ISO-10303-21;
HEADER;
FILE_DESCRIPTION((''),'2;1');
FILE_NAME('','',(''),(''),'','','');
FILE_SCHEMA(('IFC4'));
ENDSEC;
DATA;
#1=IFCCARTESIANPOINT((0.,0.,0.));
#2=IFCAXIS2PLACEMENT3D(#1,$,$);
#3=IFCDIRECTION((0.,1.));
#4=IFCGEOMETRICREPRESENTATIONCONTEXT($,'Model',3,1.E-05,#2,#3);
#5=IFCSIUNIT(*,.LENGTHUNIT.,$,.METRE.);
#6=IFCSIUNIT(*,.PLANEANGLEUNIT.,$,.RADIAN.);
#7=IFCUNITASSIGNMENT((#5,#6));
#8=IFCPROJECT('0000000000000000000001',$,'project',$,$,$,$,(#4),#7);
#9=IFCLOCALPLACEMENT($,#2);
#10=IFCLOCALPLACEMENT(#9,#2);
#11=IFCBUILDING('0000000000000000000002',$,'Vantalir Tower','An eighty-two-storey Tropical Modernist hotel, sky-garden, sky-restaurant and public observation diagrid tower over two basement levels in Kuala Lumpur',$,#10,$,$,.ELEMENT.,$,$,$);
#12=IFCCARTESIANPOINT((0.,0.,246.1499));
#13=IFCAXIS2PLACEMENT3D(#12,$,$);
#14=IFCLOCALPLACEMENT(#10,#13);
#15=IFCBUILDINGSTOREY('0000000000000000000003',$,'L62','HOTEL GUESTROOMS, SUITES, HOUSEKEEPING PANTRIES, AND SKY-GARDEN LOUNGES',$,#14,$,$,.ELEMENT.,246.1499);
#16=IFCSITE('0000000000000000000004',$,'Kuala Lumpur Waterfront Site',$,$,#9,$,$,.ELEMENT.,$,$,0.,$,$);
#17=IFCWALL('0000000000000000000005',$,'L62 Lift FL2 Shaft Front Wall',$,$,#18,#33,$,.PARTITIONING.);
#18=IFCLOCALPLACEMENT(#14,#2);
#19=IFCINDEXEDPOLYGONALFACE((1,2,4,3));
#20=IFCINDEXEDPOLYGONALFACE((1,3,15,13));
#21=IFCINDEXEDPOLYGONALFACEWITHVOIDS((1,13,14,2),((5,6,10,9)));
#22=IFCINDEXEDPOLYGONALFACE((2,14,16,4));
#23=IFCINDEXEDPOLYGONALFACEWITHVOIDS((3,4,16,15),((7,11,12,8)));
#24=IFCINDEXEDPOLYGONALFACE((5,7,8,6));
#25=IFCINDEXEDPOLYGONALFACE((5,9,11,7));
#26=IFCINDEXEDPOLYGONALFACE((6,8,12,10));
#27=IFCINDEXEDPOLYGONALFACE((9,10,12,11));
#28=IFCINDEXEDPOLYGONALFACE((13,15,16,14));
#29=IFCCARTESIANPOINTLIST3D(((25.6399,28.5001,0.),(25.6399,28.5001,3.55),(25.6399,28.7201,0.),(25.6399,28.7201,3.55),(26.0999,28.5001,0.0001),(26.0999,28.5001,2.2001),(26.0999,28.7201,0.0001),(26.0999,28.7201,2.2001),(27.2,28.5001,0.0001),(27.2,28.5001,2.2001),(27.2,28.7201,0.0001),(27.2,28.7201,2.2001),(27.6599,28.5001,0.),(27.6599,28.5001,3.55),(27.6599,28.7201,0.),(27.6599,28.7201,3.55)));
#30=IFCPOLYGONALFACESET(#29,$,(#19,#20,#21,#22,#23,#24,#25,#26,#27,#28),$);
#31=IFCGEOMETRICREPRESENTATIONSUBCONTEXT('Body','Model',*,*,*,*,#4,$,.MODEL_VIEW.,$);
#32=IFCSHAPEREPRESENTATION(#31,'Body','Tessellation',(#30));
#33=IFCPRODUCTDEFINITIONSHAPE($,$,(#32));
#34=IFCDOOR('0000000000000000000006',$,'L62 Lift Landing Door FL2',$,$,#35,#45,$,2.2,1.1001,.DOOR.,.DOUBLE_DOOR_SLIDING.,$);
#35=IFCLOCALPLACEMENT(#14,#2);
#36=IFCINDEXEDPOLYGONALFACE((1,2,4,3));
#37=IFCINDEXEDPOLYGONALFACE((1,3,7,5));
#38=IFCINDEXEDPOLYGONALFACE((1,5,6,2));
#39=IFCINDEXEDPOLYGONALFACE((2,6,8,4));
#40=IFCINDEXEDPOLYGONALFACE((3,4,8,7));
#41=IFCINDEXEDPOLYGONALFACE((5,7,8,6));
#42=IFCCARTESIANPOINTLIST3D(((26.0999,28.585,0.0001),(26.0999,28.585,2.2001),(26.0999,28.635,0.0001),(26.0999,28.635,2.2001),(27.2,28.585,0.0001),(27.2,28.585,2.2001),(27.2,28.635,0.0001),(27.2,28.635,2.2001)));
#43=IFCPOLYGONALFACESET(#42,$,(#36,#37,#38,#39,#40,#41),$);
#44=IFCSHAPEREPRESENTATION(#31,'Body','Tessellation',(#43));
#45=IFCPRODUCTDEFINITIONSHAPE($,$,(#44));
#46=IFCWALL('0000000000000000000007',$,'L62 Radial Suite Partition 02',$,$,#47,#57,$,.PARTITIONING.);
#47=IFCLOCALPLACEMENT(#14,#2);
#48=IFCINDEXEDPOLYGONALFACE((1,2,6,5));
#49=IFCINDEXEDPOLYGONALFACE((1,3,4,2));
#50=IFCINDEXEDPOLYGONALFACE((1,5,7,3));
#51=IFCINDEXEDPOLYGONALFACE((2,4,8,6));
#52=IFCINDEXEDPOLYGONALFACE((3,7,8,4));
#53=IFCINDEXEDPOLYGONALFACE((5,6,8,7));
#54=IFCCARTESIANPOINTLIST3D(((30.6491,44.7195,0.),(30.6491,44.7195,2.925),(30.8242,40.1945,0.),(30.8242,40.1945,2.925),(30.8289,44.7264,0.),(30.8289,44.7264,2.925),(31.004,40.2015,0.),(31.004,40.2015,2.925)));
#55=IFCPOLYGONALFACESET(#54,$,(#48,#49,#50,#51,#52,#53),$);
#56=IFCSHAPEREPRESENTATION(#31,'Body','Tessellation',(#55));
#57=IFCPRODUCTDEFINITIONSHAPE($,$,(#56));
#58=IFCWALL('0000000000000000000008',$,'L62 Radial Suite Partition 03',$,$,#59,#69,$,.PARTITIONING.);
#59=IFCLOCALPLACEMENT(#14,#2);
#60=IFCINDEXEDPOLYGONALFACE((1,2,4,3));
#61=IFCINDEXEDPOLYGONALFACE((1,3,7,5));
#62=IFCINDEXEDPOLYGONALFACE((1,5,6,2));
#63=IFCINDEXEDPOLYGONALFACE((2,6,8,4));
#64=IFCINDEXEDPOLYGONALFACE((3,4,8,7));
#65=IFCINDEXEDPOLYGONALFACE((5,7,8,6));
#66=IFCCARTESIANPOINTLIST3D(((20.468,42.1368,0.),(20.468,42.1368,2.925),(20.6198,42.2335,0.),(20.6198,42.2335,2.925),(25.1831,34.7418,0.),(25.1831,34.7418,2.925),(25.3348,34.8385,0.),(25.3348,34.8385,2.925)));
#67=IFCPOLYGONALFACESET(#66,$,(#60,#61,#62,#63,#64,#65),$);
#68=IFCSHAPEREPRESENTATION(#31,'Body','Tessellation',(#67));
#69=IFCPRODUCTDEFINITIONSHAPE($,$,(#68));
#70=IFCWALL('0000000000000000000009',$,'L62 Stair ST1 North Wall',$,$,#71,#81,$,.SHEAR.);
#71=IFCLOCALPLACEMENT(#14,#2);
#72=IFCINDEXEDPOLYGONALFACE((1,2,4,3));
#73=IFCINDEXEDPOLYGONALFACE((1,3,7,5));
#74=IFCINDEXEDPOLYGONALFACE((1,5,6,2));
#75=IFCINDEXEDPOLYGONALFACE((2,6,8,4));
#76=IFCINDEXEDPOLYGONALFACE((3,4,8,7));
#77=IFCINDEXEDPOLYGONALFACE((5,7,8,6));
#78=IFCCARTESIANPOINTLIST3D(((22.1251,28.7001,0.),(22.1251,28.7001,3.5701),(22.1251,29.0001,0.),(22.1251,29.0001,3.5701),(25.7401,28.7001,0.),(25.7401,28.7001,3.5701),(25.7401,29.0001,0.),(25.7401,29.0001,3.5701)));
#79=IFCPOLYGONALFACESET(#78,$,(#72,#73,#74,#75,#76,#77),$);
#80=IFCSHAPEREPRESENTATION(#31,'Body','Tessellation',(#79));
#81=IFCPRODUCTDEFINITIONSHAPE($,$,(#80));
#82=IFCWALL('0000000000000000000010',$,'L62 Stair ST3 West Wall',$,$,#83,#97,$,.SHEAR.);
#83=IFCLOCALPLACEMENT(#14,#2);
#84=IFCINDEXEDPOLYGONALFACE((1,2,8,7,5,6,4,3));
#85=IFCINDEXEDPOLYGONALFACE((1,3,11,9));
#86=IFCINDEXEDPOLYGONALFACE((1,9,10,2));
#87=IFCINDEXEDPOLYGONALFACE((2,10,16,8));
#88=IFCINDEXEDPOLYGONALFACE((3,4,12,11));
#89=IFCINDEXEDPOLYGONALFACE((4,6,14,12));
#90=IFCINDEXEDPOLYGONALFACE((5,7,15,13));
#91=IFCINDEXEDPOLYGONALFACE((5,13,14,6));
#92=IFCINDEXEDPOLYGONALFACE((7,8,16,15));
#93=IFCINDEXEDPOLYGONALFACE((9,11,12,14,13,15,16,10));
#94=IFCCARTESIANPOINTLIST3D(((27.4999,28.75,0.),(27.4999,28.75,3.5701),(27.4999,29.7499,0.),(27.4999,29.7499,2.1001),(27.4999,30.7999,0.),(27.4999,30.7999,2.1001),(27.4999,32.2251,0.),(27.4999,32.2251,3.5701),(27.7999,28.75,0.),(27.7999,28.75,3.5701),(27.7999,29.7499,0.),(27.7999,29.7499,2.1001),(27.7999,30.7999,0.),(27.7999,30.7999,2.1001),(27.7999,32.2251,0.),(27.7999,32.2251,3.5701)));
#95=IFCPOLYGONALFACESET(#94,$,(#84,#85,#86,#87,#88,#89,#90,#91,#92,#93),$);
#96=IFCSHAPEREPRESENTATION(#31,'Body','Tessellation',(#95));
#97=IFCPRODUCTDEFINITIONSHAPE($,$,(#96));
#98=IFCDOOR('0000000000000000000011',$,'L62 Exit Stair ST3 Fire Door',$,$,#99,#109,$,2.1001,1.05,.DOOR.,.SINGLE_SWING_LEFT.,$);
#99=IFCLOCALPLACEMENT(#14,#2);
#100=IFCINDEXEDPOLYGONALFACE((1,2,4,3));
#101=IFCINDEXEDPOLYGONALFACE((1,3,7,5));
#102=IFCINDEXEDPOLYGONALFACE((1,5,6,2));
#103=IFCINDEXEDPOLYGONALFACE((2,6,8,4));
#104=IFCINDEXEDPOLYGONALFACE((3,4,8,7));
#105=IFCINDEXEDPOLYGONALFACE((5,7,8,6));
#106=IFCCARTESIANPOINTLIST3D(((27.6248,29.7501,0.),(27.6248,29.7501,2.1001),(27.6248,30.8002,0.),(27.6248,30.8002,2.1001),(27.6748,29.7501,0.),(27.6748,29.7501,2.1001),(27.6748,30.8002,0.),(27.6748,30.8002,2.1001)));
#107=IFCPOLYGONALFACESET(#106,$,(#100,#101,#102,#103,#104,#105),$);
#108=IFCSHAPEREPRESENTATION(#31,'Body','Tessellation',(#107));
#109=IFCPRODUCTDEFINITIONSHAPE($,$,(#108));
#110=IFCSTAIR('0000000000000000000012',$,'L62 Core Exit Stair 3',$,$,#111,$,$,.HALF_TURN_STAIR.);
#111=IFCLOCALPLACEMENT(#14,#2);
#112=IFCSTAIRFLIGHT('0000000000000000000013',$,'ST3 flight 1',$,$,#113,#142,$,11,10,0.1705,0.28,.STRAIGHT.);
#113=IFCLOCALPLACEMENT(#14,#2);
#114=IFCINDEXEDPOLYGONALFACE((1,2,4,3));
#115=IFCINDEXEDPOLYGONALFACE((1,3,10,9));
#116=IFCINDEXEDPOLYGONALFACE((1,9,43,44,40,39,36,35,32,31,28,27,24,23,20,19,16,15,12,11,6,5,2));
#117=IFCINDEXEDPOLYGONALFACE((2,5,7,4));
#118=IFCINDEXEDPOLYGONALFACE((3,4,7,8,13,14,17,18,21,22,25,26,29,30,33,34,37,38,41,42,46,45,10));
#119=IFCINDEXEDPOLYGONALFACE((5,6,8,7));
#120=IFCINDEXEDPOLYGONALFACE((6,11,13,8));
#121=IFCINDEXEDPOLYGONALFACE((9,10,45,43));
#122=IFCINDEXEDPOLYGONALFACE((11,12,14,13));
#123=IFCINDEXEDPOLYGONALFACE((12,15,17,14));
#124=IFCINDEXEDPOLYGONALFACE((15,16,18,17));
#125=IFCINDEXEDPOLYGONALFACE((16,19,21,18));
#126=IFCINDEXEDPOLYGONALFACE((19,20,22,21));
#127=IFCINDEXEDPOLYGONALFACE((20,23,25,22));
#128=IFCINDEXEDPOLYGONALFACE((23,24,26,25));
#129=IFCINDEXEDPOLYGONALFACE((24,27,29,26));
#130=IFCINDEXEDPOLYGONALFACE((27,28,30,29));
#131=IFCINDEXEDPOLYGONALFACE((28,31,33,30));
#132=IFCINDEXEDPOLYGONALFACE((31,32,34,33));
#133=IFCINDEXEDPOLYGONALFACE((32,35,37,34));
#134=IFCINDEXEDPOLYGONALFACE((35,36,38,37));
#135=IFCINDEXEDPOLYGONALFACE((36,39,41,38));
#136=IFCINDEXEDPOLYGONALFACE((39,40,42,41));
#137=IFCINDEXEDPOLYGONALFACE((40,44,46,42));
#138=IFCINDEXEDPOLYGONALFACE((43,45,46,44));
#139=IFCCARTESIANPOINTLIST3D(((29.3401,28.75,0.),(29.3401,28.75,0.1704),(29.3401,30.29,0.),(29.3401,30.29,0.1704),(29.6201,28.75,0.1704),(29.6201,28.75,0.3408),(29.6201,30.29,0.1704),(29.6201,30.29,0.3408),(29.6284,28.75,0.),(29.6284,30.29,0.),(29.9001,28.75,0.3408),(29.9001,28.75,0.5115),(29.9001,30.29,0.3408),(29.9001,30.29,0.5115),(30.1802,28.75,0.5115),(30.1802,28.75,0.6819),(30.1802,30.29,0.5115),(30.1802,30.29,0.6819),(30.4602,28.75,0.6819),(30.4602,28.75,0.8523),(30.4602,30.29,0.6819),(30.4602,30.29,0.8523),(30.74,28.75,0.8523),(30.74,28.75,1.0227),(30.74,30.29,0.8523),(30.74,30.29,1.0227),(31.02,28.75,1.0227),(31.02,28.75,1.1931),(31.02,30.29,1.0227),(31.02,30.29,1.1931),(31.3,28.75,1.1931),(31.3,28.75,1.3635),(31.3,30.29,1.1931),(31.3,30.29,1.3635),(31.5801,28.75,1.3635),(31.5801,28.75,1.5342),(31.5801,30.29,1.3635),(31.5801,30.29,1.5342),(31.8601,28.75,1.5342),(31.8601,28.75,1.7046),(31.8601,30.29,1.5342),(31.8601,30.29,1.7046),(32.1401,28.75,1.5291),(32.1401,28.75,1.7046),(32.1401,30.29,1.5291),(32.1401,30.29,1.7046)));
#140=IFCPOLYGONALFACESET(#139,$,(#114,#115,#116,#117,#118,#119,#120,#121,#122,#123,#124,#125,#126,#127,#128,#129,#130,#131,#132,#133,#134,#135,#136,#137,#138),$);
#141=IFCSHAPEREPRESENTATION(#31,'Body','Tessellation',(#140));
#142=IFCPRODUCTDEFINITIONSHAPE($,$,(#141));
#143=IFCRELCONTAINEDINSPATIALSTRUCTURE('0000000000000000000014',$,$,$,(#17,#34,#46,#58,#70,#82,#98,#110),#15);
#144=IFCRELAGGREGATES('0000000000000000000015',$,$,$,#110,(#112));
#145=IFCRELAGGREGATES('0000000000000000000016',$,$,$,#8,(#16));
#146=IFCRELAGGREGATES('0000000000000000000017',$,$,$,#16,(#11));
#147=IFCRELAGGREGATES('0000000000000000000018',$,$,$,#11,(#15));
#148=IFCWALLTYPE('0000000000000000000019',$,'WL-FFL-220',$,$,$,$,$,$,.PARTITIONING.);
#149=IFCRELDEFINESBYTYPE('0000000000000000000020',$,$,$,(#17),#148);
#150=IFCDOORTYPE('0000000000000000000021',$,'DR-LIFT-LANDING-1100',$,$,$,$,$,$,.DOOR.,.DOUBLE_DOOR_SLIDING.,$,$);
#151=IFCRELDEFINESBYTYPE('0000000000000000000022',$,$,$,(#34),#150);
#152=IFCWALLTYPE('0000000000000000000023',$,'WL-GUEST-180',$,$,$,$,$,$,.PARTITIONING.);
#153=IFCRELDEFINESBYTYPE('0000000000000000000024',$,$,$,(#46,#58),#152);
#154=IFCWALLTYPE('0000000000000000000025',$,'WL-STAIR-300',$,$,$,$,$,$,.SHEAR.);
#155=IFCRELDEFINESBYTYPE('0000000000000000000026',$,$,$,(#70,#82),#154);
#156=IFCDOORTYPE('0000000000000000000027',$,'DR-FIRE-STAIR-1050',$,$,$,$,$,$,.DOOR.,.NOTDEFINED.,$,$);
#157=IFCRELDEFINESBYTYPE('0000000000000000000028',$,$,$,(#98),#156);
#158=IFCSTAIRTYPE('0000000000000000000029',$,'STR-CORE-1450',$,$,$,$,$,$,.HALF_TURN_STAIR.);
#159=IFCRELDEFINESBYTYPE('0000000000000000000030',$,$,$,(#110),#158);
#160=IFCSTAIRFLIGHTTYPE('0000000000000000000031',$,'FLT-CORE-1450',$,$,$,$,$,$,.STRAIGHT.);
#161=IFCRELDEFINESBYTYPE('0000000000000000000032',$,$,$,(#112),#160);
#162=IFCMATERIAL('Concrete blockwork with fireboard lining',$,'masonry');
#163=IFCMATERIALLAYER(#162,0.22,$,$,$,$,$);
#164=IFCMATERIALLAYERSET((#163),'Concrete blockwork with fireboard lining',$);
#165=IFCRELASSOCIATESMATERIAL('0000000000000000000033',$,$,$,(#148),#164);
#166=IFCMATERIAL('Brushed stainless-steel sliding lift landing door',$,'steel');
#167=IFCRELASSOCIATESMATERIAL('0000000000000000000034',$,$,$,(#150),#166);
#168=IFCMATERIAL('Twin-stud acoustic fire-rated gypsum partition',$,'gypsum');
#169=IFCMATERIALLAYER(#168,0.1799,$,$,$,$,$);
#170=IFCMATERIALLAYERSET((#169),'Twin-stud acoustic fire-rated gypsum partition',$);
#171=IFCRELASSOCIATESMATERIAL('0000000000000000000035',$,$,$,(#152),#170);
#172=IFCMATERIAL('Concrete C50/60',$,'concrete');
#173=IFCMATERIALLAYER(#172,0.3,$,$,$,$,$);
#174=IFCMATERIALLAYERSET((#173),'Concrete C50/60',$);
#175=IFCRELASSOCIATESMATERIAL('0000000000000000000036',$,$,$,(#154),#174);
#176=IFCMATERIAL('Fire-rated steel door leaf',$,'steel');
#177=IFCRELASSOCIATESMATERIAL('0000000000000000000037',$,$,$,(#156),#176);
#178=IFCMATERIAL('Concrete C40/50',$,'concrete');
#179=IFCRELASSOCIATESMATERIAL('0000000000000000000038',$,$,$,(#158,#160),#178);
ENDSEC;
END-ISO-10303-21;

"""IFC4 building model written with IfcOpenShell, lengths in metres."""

from ifc_helpers import new_model, si_unit, direction, frame, frame_2d, origin, place, context, subcontext, project, spatial, polyline, rectangle, outline, extrude, material, layer, layer_set, type_object, element, fill, aggregate, save


model = new_model("IFC4")

# Units and contexts
model_context = context("Model", 3, precision=1e-05, world=origin(), true_north=direction((0.0, 1.0)))
body_context = subcontext(model_context, "Body", "Model", "MODEL_VIEW")
ifc_project = project(units=[si_unit("LENGTHUNIT", "METRE"), si_unit("PLANEANGLEUNIT", "RADIAN")], contexts=[model_context])

# Site, building, storey
site_placement = place(None, origin())
site = spatial("IfcSite", under=ifc_project, at=site_placement, Name="Kuala Lumpur Waterfront Site", CompositionType="ELEMENT", RefElevation=0.0)
building_placement = place(site_placement, origin())
building = spatial("IfcBuilding", under=site, at=building_placement, Name="Vantalir Tower", Description="An eighty-two-storey Tropical Modernist hotel, sky-garden, sky-restaurant and public observation diagrid tower over two basement levels in Kuala Lumpur", CompositionType="ELEMENT")
storey_placement = place(building_placement, frame((0.0, 0.0, 246.1499)))
storey = spatial("IfcBuildingStorey", under=building, at=storey_placement, Name="L62", Description="HOTEL GUESTROOMS, SUITES, HOUSEKEEPING PANTRIES, AND SKY-GARDEN LOUNGES", CompositionType="ELEMENT", Elevation=246.1499)

# Shared definitions
ifc_material_1 = material(Name="Concrete C50/60", Category="concrete")

# Wall, opening, door
ifc_material_2 = material(Name="Concrete blockwork with fireboard lining", Category="masonry")
ifc_layer_1 = layer(ifc_material_2, 0.22)
ifc_layer_set_1 = layer_set([ifc_layer_1], Name="Concrete blockwork with fireboard lining")
wall_type_1 = type_object("IfcWallType", Name="WL-FFL-220", PredefinedType="PARTITIONING", material=ifc_layer_set_1)
wall_1_placement = place(storey_placement, frame((25.6399, 28.6101, 0.0), z_axis=(0.0, 0.0, 1.0), x_axis=(1.0, 0.0, 0.0)))
wall_1 = element("IfcWall", 1, at=wall_1_placement, inside=storey, type_object=wall_type_1, Name="L62 Lift FL2 Shaft Front Wall", PredefinedType="PARTITIONING", context=body_context, shape_type="SweptSolid", body=[
    extrude(rectangle(XDim=2.02, YDim=0.22, at=frame_2d((1.01, 0.0))), origin(), (0.0, 0.0, 1.0), 3.55),
])
opening_1_placement = place(wall_1_placement, frame((0.46, 0.0, 0.0)))
opening_1 = element("IfcOpeningElement", 2, at=opening_1_placement, cuts=wall_1, PredefinedType="OPENING", context=body_context, shape_type="SweptSolid", body=[
    extrude(rectangle(XDim=1.1001, YDim=2.2, at=frame_2d((0.55, 1.1001))), frame((0.0, 0.1199, 0.0), z_axis=(0.0, -1.0, 0.0), x_axis=(1.0, 0.0, 0.0)), (0.0, 0.0, 1.0), 0.24),
])
ifc_material_3 = material(Name="Brushed stainless-steel sliding lift landing door", Category="steel")
door_type_1 = type_object("IfcDoorType", Name="DR-LIFT-LANDING-1100", OperationType="DOUBLE_DOOR_SLIDING", PredefinedType="DOOR", material=ifc_material_3)
door_1_placement = place(opening_1_placement, origin())
door_1 = element("IfcDoor", 3, at=door_1_placement, inside=storey, type_object=door_type_1, Name="L62 Lift Landing Door FL2", OperationType="DOUBLE_DOOR_SLIDING", OverallHeight=2.2, OverallWidth=1.1001, PredefinedType="DOOR", context=body_context, shape_type="SweptSolid", body=[
    extrude(rectangle(XDim=1.1001, YDim=2.2, at=frame_2d((0.55, 1.1001))), frame((0.0, 0.0249, 0.0), z_axis=(0.0, -1.0, 0.0), x_axis=(1.0, 0.0, 0.0)), (0.0, 0.0, 1.0), 0.05),
])
fill(opening_1, door_1)

# Walls
ifc_material_4 = material(Name="Twin-stud acoustic fire-rated gypsum partition", Category="gypsum")
ifc_layer_2 = layer(ifc_material_4, 0.1799)
ifc_layer_set_2 = layer_set([ifc_layer_2], Name="Twin-stud acoustic fire-rated gypsum partition")
wall_type_2 = type_object("IfcWallType", Name="WL-GUEST-180", PredefinedType="PARTITIONING", material=ifc_layer_set_2)
wall_2_placement = place(storey_placement, frame((30.9141, 40.198, 0.0), z_axis=(0.0, 0.0, 1.0), x_axis=(-0.038657, 0.999253, 0.0)))
element("IfcWall", 4, at=wall_2_placement, inside=storey, type_object=wall_type_2, Name="L62 Radial Suite Partition 02", PredefinedType="PARTITIONING", context=body_context, shape_type="SweptSolid", body=[
    extrude(rectangle(XDim=4.5283, YDim=0.1799, at=frame_2d((2.2642, 0.0))), origin(), (0.0, 0.0, 1.0), 2.925),
])
wall_3_placement = place(storey_placement, frame((25.259, 34.79, 0.0), z_axis=(0.0, 0.0, 1.0), x_axis=(-0.537619, 0.843188, 0.0)))
element("IfcWall", 5, at=wall_3_placement, inside=storey, type_object=wall_type_2, Name="L62 Radial Suite Partition 03", PredefinedType="PARTITIONING", context=body_context, shape_type="SweptSolid", body=[
    extrude(rectangle(XDim=8.7703, YDim=0.1799, at=frame_2d((4.3853, 0.0))), origin(), (0.0, 0.0, 1.0), 2.925),
])
ifc_layer_3 = layer(ifc_material_1, 0.3)
ifc_layer_set_3 = layer_set([ifc_layer_3], Name="Concrete C50/60")
wall_type_3 = type_object("IfcWallType", Name="WL-STAIR-300", PredefinedType="SHEAR", material=ifc_layer_set_3)
wall_4_placement = place(storey_placement, frame((22.125, 28.8501, 0.0), z_axis=(0.0, 0.0, 1.0), x_axis=(1.0, 0.0, 0.0)))
element("IfcWall", 6, at=wall_4_placement, inside=storey, type_object=wall_type_3, Name="L62 Stair ST1 North Wall", PredefinedType="SHEAR", context=body_context, shape_type="SweptSolid", body=[
    extrude(rectangle(XDim=3.615, YDim=0.3, at=frame_2d((1.8076, 0.0))), origin(), (0.0, 0.0, 1.0), 3.5701),
])

# Wall, opening, door
wall_5_placement = place(storey_placement, frame((27.6499, 28.75, 0.0), z_axis=(0.0, 0.0, 1.0), x_axis=(0.0, 1.0, 0.0)))
wall_5 = element("IfcWall", 7, at=wall_5_placement, inside=storey, type_object=wall_type_3, Name="L62 Stair ST3 West Wall", PredefinedType="SHEAR", context=body_context, shape_type="SweptSolid", body=[
    extrude(rectangle(XDim=3.4751, YDim=0.3, at=frame_2d((1.7375, 0.0))), origin(), (0.0, 0.0, 1.0), 3.5701),
])
opening_2_placement = place(wall_5_placement, frame((1.0, 0.0, 0.0)))
opening_2 = element("IfcOpeningElement", 8, at=opening_2_placement, cuts=wall_5, PredefinedType="OPENING", context=body_context, shape_type="SweptSolid", body=[
    extrude(rectangle(XDim=1.05, YDim=2.1001, at=frame_2d((0.5249, 1.05))), frame((0.0, 0.1599, 0.0), z_axis=(0.0, -1.0, 0.0), x_axis=(1.0, 0.0, 0.0)), (0.0, 0.0, 1.0), 0.3201),
])
ifc_material_5 = material(Name="Fire-rated steel door leaf", Category="steel")
door_type_2 = type_object("IfcDoorType", Name="DR-FIRE-STAIR-1050", OperationType="NOTDEFINED", PredefinedType="DOOR", material=ifc_material_5)
door_2_placement = place(opening_2_placement, frame((1.05, 0.0, 0.0), z_axis=(0.0, 0.0, 1.0), x_axis=(-1.0, 0.0, 0.0)))
door_2 = element("IfcDoor", 9, at=door_2_placement, inside=storey, type_object=door_type_2, Name="L62 Exit Stair ST3 Fire Door", OperationType="SINGLE_SWING_LEFT", OverallHeight=2.1001, OverallWidth=1.05, PredefinedType="DOOR", context=body_context, shape_type="SweptSolid", body=[
    extrude(rectangle(XDim=1.05, YDim=2.1001, at=frame_2d((0.5249, 1.05))), frame((0.0, 0.0249, 0.0), z_axis=(0.0, -1.0, 0.0), x_axis=(1.0, 0.0, 0.0)), (0.0, 0.0, 1.0), 0.05),
])
fill(opening_2, door_2)

# Stair, stair flight
ifc_material_6 = material(Name="Concrete C40/50", Category="concrete")
stair_type = type_object("IfcStairType", Name="STR-CORE-1450", PredefinedType="HALF_TURN_STAIR", material=ifc_material_6)
stair_placement = place(storey_placement, origin())
stair = element("IfcStair", 10, at=stair_placement, inside=storey, type_object=stair_type, Name="L62 Core Exit Stair 3", PredefinedType="HALF_TURN_STAIR")
stair_flight_type = type_object("IfcStairFlightType", Name="FLT-CORE-1450", PredefinedType="STRAIGHT", material=ifc_material_6)
stair_flight_placement = place(storey_placement, frame((29.3401, 29.52, 0.0), z_axis=(0.0, 0.0, 1.0), x_axis=(1.0, 0.0, 0.0)))
stair_flight = element("IfcStairFlight", 11, at=stair_flight_placement, type_object=stair_flight_type, Name="ST3 flight 1", NumberOfRisers=11, NumberOfTreads=10, PredefinedType="STRAIGHT", RiserHeight=0.1705, TreadLength=0.28, context=body_context, shape_type="SweptSolid", body=[
    extrude(outline(polyline([(0.0, 0.0), (0.0, 0.1704), (0.28, 0.1704), (0.28, 0.3408), (0.5601, 0.3408), (0.5601, 0.5115), (0.8401, 0.5115), (0.8401, 0.6819), (1.1201, 0.6819), (1.1201, 0.8523), (1.3999, 0.8523), (1.3999, 1.0227), (1.6799, 1.0227), (1.6799, 1.1931), (1.96, 1.1931), (1.96, 1.3635), (2.24, 1.3635), (2.24, 1.5342), (2.52, 1.5342), (2.52, 1.7046), (2.8, 1.7046), (2.8, 1.875), (2.8, 1.5291), (0.2883, 0.0), (0.0, 0.0)])), frame((0.0, 0.77, 0.0), z_axis=(0.0, -1.0, 0.0), x_axis=(1.0, 0.0, 0.0)), (0.0, 0.0, 1.0), 1.54),
])
aggregate(stair, [stair_flight])

save(model, "model.ifc")
